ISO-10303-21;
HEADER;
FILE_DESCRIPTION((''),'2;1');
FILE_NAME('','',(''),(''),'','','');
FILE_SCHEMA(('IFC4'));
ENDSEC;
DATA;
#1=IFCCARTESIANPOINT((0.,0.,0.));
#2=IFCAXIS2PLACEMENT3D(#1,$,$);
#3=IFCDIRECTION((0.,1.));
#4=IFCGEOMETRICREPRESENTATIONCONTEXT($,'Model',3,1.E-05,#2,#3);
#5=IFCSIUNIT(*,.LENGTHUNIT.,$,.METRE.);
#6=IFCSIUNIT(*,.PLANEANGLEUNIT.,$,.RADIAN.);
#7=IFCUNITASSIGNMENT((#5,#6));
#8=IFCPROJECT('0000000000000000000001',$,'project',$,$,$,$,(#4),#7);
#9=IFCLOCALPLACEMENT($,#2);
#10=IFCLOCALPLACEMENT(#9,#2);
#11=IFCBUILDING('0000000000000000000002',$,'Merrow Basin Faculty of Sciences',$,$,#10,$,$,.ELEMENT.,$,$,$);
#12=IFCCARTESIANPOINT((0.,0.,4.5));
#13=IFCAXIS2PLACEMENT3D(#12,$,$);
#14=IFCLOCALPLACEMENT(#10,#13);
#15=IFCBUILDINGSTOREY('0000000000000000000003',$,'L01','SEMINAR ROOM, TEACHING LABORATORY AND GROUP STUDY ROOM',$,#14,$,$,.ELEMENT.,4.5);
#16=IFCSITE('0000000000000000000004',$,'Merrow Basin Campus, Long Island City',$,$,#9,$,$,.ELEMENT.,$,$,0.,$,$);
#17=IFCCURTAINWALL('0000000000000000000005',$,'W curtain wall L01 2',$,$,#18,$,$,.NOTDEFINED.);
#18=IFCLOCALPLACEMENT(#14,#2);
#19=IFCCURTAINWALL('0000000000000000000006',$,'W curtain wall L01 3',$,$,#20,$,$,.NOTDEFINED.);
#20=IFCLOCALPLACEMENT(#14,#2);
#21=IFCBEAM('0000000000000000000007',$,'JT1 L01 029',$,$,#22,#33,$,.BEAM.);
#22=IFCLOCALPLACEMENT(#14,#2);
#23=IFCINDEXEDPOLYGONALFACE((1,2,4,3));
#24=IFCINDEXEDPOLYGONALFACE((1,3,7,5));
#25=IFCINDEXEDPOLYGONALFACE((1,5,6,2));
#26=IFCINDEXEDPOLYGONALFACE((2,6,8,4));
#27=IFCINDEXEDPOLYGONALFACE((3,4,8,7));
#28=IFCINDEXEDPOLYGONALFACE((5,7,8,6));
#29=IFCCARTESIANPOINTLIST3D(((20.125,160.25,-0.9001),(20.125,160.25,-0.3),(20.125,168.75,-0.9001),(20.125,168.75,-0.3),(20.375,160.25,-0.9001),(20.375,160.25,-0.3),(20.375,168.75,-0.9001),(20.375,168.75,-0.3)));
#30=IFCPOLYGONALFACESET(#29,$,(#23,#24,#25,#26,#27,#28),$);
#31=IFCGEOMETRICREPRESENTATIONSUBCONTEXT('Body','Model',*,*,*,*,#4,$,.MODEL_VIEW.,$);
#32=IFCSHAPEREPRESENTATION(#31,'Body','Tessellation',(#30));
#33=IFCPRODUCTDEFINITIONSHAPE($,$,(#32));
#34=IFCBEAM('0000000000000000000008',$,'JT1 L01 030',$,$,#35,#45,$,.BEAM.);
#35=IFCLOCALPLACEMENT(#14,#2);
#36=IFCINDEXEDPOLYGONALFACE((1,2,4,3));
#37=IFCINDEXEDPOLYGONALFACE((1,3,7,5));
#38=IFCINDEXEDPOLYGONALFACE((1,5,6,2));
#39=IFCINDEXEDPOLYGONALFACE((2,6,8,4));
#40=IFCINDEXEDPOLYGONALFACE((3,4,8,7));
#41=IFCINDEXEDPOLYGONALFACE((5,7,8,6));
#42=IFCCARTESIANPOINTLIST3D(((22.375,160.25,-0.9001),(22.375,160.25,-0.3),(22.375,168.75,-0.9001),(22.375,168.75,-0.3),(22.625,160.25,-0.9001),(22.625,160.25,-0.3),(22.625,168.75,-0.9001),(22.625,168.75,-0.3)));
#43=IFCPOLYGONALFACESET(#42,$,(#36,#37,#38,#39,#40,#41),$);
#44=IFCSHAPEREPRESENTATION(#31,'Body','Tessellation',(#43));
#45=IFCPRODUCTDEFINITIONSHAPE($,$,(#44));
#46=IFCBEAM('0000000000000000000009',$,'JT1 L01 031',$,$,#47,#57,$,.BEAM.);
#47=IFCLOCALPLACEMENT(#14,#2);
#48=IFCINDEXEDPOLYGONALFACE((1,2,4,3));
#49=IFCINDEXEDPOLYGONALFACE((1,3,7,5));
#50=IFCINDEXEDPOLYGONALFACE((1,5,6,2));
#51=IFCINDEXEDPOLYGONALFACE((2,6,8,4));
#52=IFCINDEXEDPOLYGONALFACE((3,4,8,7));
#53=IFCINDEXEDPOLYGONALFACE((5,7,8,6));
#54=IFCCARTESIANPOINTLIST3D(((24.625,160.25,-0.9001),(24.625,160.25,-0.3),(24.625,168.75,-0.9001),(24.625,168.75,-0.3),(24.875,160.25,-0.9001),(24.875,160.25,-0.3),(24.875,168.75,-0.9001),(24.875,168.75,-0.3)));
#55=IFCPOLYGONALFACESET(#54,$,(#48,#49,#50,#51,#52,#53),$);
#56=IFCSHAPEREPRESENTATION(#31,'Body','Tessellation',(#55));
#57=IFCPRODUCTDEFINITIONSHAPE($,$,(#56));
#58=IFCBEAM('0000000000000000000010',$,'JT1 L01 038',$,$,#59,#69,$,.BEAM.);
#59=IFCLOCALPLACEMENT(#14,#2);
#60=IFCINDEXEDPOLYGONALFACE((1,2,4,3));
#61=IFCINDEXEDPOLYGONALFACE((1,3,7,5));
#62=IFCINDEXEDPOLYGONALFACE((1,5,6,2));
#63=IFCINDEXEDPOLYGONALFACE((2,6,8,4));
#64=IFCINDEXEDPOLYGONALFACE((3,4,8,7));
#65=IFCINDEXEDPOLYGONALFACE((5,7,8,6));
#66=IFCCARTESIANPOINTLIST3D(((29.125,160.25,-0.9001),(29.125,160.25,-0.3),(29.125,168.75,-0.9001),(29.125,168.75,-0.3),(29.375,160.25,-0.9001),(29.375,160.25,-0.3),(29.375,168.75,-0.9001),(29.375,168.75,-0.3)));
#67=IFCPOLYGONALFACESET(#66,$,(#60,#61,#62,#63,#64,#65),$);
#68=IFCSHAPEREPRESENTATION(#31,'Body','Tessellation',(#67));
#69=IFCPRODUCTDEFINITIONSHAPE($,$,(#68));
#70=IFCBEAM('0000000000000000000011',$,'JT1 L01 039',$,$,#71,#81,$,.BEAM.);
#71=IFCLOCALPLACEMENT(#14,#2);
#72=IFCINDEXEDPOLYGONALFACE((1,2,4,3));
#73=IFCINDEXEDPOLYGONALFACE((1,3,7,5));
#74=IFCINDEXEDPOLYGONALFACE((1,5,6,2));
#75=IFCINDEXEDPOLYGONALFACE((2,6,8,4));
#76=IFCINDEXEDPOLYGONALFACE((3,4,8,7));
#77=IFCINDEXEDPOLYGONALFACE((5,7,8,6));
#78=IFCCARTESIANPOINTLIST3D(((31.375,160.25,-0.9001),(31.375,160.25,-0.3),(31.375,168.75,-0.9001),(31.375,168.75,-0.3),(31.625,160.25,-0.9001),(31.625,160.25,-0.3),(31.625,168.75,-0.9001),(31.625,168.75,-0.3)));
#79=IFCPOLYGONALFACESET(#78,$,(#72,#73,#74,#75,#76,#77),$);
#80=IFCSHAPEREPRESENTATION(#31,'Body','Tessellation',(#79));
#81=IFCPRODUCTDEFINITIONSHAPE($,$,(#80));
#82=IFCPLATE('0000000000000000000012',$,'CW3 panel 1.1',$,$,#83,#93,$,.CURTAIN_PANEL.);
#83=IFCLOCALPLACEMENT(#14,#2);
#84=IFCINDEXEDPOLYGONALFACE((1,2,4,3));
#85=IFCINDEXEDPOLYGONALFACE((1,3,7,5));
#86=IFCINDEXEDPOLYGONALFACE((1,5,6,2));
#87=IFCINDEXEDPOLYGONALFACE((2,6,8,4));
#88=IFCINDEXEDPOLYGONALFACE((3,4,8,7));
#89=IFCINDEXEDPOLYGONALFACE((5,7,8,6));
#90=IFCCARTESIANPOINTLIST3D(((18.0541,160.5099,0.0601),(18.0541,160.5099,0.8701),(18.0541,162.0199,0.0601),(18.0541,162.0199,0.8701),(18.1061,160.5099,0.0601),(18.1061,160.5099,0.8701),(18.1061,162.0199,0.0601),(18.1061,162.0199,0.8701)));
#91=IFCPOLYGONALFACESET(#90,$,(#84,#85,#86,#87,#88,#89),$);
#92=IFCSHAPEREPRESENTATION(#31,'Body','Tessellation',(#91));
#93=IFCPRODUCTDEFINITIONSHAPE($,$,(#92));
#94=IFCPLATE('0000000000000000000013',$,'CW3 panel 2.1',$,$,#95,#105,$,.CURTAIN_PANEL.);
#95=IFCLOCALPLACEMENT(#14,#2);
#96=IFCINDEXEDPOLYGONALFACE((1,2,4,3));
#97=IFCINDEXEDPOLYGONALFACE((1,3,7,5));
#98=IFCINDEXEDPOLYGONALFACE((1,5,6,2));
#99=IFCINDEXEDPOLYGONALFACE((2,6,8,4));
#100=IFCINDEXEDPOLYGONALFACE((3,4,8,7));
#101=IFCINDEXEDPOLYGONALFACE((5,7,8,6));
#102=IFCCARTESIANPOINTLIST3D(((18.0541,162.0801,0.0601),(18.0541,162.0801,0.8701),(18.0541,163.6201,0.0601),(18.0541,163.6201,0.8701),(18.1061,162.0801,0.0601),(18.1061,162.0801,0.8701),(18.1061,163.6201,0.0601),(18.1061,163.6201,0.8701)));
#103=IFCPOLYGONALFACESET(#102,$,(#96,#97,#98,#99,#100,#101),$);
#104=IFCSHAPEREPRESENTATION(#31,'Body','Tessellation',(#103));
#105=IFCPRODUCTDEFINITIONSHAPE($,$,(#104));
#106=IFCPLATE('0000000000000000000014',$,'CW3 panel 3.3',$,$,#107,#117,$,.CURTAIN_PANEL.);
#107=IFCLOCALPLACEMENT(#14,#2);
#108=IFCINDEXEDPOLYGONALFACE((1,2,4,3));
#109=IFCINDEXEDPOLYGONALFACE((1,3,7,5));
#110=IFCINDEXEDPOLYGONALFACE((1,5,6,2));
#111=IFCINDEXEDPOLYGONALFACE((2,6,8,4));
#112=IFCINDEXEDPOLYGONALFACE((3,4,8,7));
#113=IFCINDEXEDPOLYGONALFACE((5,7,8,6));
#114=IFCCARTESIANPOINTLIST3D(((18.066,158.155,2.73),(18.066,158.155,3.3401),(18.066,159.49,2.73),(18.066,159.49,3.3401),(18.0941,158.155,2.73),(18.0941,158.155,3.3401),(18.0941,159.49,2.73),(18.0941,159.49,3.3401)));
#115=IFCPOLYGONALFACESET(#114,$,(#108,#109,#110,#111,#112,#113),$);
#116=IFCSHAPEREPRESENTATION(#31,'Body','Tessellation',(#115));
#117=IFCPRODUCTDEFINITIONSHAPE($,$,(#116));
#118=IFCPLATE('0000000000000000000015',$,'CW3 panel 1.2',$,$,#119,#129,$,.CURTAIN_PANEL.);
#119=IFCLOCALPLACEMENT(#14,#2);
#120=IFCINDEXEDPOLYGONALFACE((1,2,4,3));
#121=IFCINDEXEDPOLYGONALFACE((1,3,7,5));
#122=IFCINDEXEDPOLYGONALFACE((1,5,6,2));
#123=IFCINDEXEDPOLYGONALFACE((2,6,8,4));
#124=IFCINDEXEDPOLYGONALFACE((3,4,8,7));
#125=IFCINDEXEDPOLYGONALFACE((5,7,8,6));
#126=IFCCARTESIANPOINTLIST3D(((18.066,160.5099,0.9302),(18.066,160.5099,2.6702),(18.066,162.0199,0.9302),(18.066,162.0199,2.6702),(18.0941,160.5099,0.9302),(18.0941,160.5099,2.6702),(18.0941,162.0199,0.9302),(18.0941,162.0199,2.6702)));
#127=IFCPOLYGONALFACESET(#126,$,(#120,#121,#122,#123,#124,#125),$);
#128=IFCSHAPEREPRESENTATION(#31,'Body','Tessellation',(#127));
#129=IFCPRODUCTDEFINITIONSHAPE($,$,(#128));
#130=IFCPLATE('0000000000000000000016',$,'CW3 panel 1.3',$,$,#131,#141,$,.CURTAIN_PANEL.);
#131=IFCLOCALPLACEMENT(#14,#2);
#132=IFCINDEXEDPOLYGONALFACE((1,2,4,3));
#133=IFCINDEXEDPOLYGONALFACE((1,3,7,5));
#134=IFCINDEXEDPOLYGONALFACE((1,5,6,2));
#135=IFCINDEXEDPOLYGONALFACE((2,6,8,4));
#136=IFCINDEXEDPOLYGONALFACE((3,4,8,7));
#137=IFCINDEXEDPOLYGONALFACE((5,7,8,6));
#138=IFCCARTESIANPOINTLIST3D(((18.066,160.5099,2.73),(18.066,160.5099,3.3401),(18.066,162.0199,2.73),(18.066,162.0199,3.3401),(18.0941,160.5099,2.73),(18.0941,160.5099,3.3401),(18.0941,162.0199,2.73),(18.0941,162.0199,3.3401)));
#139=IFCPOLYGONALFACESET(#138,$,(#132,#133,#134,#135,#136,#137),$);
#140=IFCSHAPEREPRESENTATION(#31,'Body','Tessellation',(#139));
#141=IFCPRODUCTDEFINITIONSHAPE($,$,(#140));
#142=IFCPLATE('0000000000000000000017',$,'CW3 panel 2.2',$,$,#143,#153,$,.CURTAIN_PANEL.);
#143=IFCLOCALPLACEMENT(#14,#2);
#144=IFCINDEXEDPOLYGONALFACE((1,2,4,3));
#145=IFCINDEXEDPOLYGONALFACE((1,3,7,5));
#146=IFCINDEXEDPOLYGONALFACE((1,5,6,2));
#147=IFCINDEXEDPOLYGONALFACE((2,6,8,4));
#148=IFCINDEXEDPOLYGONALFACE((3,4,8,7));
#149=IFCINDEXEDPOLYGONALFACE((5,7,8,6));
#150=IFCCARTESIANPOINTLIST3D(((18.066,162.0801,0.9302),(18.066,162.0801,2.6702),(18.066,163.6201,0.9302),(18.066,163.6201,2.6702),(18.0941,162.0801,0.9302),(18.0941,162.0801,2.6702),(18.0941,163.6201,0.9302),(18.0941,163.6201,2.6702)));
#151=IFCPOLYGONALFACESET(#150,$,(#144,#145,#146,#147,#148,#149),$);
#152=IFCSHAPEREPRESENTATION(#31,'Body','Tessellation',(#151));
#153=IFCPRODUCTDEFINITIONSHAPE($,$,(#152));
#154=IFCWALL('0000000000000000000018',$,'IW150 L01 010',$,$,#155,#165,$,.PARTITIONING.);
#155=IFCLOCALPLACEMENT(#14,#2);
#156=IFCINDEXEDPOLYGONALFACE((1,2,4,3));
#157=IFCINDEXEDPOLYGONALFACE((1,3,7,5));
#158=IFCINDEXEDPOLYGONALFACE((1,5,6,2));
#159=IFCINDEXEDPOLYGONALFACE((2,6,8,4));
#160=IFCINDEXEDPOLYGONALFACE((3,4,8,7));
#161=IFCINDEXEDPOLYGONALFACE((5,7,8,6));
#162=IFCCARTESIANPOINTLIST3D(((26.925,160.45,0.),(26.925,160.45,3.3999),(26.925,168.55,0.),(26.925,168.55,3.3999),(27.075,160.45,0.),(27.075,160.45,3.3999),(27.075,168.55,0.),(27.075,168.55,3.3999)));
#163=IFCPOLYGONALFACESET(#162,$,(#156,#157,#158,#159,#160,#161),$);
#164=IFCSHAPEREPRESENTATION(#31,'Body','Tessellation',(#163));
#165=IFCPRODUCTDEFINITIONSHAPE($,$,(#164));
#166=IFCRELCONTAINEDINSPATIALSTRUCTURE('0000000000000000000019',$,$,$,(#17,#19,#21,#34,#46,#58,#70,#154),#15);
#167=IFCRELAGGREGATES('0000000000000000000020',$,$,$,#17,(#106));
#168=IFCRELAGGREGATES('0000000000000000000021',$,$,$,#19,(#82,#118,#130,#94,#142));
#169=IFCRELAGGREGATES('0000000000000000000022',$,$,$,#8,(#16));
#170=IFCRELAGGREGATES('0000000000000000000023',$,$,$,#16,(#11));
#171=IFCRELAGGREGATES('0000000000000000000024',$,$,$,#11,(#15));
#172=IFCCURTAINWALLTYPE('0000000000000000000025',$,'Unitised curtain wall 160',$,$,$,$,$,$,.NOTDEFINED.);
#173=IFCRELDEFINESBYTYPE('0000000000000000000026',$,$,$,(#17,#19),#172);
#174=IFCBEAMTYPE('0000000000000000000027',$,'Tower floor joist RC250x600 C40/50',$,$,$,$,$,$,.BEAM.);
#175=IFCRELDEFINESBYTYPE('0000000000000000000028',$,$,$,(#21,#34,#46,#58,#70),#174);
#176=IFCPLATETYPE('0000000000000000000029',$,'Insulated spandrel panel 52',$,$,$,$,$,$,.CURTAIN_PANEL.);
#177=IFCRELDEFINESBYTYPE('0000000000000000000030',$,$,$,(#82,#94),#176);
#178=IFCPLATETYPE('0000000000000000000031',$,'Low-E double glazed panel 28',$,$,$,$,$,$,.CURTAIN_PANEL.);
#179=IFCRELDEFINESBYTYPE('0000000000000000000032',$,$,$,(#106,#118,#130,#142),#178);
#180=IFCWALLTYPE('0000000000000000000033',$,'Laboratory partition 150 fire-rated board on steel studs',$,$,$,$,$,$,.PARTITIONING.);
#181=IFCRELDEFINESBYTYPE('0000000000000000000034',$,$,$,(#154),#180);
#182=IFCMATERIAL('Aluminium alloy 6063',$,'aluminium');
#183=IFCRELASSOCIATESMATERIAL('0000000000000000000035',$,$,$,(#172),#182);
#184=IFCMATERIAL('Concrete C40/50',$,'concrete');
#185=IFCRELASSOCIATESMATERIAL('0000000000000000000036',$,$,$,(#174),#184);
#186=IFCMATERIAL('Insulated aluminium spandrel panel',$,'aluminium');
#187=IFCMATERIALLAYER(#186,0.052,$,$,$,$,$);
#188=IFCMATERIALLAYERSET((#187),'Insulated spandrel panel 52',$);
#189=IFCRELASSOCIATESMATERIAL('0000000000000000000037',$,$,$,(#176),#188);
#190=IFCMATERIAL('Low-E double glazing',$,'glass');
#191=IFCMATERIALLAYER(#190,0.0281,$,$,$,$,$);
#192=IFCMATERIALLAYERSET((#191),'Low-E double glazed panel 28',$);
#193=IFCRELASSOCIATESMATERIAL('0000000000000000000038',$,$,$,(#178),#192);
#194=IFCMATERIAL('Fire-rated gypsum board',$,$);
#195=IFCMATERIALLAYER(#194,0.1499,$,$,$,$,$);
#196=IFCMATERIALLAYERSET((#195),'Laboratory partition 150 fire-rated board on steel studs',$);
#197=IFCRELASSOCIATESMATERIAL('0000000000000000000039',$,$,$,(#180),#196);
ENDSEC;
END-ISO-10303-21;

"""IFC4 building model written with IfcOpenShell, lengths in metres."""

from ifc_helpers import new_model, si_unit, direction, frame, frame_2d, origin, origin_2d, place, context, subcontext, project, spatial, rectangle, extrude, material, layer, layer_set, material_profile, profile_set, type_object, element, aggregate, save


model = new_model("IFC4")

# Units and contexts
model_context = context("Model", 3, precision=1e-05, world=origin(), true_north=direction((0.0, 1.0)))
body_context = subcontext(model_context, "Body", "Model", "MODEL_VIEW")
ifc_project = project(units=[si_unit("LENGTHUNIT", "METRE"), si_unit("PLANEANGLEUNIT", "RADIAN")], contexts=[model_context])

# Site, building, storey
site_placement = place(None, origin())
site = spatial("IfcSite", under=ifc_project, at=site_placement, Name="Merrow Basin Campus, Long Island City", CompositionType="ELEMENT", RefElevation=0.0)
building_placement = place(site_placement, origin())
building = spatial("IfcBuilding", under=site, at=building_placement, Name="Merrow Basin Faculty of Sciences", CompositionType="ELEMENT")
storey_placement = place(building_placement, frame((0.0, 0.0, 4.5)))
storey = spatial("IfcBuildingStorey", under=building, at=storey_placement, Name="L01", Description="SEMINAR ROOM, TEACHING LABORATORY AND GROUP STUDY ROOM", CompositionType="ELEMENT", Elevation=4.5)

# Curtain wall
ifc_material_1 = material(Name="Aluminium alloy 6063", Category="aluminium")
curtain_wall_type = type_object("IfcCurtainWallType", Name="Unitised curtain wall 160", PredefinedType="NOTDEFINED", material=ifc_material_1)
curtain_wall_1_placement = place(storey_placement, origin())
curtain_wall_1 = element("IfcCurtainWall", 1, at=curtain_wall_1_placement, inside=storey, type_object=curtain_wall_type, Name="W curtain wall L01 2", PredefinedType="NOTDEFINED")

# Curtain wall
curtain_wall_2_placement = place(storey_placement, origin())
curtain_wall_2 = element("IfcCurtainWall", 2, at=curtain_wall_2_placement, inside=storey, type_object=curtain_wall_type, Name="W curtain wall L01 3", PredefinedType="NOTDEFINED")

# Beams
ifc_material_2 = material(Name="Concrete C40/50", Category="concrete")
ifc_material_profile_1 = material_profile(ifc_material_2, rectangle(XDim=0.25, YDim=0.6001, at=origin_2d()))
ifc_profile_set_1 = profile_set([ifc_material_profile_1], Name="Concrete C40/50")
beam_type_1 = type_object("IfcBeamType", Name="Tower floor joist RC250x600 C40/50", PredefinedType="BEAM", material=ifc_profile_set_1)
for number, where, z_axis, x_axis, name in (
    (3, (20.25, 160.25, -0.6001), (0.0, 1.0, 0.0), (-1.0, 0.0, 0.0), "JT1 L01 029"),
    (4, (22.5, 160.25, -0.6001), (0.0, 1.0, 0.0), (-1.0, 0.0, 0.0), "JT1 L01 030"),
    (5, (24.75, 160.25, -0.6001), (0.0, 1.0, 0.0), (-1.0, 0.0, 0.0), "JT1 L01 031"),
    (6, (29.25, 160.25, -0.6001), (0.0, 1.0, 0.0), (-1.0, 0.0, 0.0), "JT1 L01 038"),
    (7, (31.5, 160.25, -0.6001), (0.0, 1.0, 0.0), (-1.0, 0.0, 0.0), "JT1 L01 039"),
):
    element("IfcBeam", number, at=place(storey_placement, frame(where, z_axis=z_axis, x_axis=x_axis)), inside=storey, type_object=beam_type_1, Name=name, PredefinedType="BEAM", context=body_context, shape_type="SweptSolid", body=[
        extrude(rectangle(XDim=0.25, YDim=0.6001, at=origin_2d()), origin(), (0.0, 0.0, 1.0), 8.5),
    ])

# Plates
ifc_material_3 = material(Name="Insulated aluminium spandrel panel", Category="aluminium")
ifc_layer_1 = layer(ifc_material_3, 0.052)
ifc_layer_set_1 = layer_set([ifc_layer_1], Name="Insulated spandrel panel 52")
plate_type_1 = type_object("IfcPlateType", Name="Insulated spandrel panel 52", PredefinedType="CURTAIN_PANEL", material=ifc_layer_set_1)
plate_1_placement = place(storey_placement, frame((18.0801, 161.2649, 0.0601), z_axis=(0.0, 0.0, 1.0), x_axis=(0.0, 1.0, 0.0)))
plate_1 = element("IfcPlate", 8, at=plate_1_placement, type_object=plate_type_1, Name="CW3 panel 1.1", PredefinedType="CURTAIN_PANEL", context=body_context, shape_type="SweptSolid", body=[
    extrude(rectangle(XDim=1.51, YDim=0.052, at=origin_2d()), origin(), (0.0, 0.0, 1.0), 0.8101),
])
plate_2_placement = place(storey_placement, frame((18.0801, 162.8501, 0.0601), z_axis=(0.0, 0.0, 1.0), x_axis=(0.0, 1.0, 0.0)))
plate_2 = element("IfcPlate", 9, at=plate_2_placement, type_object=plate_type_1, Name="CW3 panel 2.1", PredefinedType="CURTAIN_PANEL", context=body_context, shape_type="SweptSolid", body=[
    extrude(rectangle(XDim=1.54, YDim=0.052, at=origin_2d()), origin(), (0.0, 0.0, 1.0), 0.8101),
])
ifc_material_4 = material(Name="Low-E double glazing", Category="glass")
ifc_layer_2 = layer(ifc_material_4, 0.0281)
ifc_layer_set_2 = layer_set([ifc_layer_2], Name="Low-E double glazed panel 28")
plate_type_2 = type_object("IfcPlateType", Name="Low-E double glazed panel 28", PredefinedType="CURTAIN_PANEL", material=ifc_layer_set_2)
plate_3_placement = place(storey_placement, frame((18.0801, 158.8225, 2.73), z_axis=(0.0, 0.0, 1.0), x_axis=(0.0, 1.0, 0.0)))
plate_3 = element("IfcPlate", 10, at=plate_3_placement, type_object=plate_type_2, Name="CW3 panel 3.3", PredefinedType="CURTAIN_PANEL", context=body_context, shape_type="SweptSolid", body=[
    extrude(rectangle(XDim=1.335, YDim=0.0281, at=origin_2d()), origin(), (0.0, 0.0, 1.0), 0.6101),
])
aggregate(curtain_wall_1, [plate_3])
plate_4_placement = place(storey_placement, frame((18.0801, 161.2649, 0.9302), z_axis=(0.0, 0.0, 1.0), x_axis=(0.0, 1.0, 0.0)))
plate_4 = element("IfcPlate", 11, at=plate_4_placement, type_object=plate_type_2, Name="CW3 panel 1.2", PredefinedType="CURTAIN_PANEL", context=body_context, shape_type="SweptSolid", body=[
    extrude(rectangle(XDim=1.51, YDim=0.0281, at=origin_2d()), origin(), (0.0, 0.0, 1.0), 1.74),
])
plate_5_placement = place(storey_placement, frame((18.0801, 161.2649, 2.73), z_axis=(0.0, 0.0, 1.0), x_axis=(0.0, 1.0, 0.0)))
plate_5 = element("IfcPlate", 12, at=plate_5_placement, type_object=plate_type_2, Name="CW3 panel 1.3", PredefinedType="CURTAIN_PANEL", context=body_context, shape_type="SweptSolid", body=[
    extrude(rectangle(XDim=1.51, YDim=0.0281, at=origin_2d()), origin(), (0.0, 0.0, 1.0), 0.6101),
])
plate_6_placement = place(storey_placement, frame((18.0801, 162.8501, 0.9302), z_axis=(0.0, 0.0, 1.0), x_axis=(0.0, 1.0, 0.0)))
plate_6 = element("IfcPlate", 13, at=plate_6_placement, type_object=plate_type_2, Name="CW3 panel 2.2", PredefinedType="CURTAIN_PANEL", context=body_context, shape_type="SweptSolid", body=[
    extrude(rectangle(XDim=1.54, YDim=0.0281, at=origin_2d()), origin(), (0.0, 0.0, 1.0), 1.74),
])
aggregate(curtain_wall_2, [plate_1, plate_4, plate_5, plate_2, plate_6])

# Wall
ifc_material_5 = material(Name="Fire-rated gypsum board")
ifc_layer_3 = layer(ifc_material_5, 0.1499)
ifc_layer_set_3 = layer_set([ifc_layer_3], Name="Laboratory partition 150 fire-rated board on steel studs")
wall_type = type_object("IfcWallType", Name="Laboratory partition 150 fire-rated board on steel studs", PredefinedType="PARTITIONING", material=ifc_layer_set_3)
wall_placement = place(storey_placement, frame((27.0, 160.45, 0.0), z_axis=(0.0, 0.0, 1.0), x_axis=(0.0, 1.0, 0.0)))
element("IfcWall", 14, at=wall_placement, inside=storey, type_object=wall_type, Name="IW150 L01 010", PredefinedType="PARTITIONING", context=body_context, shape_type="SweptSolid", body=[
    extrude(rectangle(XDim=8.1001, YDim=0.1499, at=frame_2d((4.05, 0.0))), origin(), (0.0, 0.0, 1.0), 3.3999),
])

save(model, "model.ifc")
